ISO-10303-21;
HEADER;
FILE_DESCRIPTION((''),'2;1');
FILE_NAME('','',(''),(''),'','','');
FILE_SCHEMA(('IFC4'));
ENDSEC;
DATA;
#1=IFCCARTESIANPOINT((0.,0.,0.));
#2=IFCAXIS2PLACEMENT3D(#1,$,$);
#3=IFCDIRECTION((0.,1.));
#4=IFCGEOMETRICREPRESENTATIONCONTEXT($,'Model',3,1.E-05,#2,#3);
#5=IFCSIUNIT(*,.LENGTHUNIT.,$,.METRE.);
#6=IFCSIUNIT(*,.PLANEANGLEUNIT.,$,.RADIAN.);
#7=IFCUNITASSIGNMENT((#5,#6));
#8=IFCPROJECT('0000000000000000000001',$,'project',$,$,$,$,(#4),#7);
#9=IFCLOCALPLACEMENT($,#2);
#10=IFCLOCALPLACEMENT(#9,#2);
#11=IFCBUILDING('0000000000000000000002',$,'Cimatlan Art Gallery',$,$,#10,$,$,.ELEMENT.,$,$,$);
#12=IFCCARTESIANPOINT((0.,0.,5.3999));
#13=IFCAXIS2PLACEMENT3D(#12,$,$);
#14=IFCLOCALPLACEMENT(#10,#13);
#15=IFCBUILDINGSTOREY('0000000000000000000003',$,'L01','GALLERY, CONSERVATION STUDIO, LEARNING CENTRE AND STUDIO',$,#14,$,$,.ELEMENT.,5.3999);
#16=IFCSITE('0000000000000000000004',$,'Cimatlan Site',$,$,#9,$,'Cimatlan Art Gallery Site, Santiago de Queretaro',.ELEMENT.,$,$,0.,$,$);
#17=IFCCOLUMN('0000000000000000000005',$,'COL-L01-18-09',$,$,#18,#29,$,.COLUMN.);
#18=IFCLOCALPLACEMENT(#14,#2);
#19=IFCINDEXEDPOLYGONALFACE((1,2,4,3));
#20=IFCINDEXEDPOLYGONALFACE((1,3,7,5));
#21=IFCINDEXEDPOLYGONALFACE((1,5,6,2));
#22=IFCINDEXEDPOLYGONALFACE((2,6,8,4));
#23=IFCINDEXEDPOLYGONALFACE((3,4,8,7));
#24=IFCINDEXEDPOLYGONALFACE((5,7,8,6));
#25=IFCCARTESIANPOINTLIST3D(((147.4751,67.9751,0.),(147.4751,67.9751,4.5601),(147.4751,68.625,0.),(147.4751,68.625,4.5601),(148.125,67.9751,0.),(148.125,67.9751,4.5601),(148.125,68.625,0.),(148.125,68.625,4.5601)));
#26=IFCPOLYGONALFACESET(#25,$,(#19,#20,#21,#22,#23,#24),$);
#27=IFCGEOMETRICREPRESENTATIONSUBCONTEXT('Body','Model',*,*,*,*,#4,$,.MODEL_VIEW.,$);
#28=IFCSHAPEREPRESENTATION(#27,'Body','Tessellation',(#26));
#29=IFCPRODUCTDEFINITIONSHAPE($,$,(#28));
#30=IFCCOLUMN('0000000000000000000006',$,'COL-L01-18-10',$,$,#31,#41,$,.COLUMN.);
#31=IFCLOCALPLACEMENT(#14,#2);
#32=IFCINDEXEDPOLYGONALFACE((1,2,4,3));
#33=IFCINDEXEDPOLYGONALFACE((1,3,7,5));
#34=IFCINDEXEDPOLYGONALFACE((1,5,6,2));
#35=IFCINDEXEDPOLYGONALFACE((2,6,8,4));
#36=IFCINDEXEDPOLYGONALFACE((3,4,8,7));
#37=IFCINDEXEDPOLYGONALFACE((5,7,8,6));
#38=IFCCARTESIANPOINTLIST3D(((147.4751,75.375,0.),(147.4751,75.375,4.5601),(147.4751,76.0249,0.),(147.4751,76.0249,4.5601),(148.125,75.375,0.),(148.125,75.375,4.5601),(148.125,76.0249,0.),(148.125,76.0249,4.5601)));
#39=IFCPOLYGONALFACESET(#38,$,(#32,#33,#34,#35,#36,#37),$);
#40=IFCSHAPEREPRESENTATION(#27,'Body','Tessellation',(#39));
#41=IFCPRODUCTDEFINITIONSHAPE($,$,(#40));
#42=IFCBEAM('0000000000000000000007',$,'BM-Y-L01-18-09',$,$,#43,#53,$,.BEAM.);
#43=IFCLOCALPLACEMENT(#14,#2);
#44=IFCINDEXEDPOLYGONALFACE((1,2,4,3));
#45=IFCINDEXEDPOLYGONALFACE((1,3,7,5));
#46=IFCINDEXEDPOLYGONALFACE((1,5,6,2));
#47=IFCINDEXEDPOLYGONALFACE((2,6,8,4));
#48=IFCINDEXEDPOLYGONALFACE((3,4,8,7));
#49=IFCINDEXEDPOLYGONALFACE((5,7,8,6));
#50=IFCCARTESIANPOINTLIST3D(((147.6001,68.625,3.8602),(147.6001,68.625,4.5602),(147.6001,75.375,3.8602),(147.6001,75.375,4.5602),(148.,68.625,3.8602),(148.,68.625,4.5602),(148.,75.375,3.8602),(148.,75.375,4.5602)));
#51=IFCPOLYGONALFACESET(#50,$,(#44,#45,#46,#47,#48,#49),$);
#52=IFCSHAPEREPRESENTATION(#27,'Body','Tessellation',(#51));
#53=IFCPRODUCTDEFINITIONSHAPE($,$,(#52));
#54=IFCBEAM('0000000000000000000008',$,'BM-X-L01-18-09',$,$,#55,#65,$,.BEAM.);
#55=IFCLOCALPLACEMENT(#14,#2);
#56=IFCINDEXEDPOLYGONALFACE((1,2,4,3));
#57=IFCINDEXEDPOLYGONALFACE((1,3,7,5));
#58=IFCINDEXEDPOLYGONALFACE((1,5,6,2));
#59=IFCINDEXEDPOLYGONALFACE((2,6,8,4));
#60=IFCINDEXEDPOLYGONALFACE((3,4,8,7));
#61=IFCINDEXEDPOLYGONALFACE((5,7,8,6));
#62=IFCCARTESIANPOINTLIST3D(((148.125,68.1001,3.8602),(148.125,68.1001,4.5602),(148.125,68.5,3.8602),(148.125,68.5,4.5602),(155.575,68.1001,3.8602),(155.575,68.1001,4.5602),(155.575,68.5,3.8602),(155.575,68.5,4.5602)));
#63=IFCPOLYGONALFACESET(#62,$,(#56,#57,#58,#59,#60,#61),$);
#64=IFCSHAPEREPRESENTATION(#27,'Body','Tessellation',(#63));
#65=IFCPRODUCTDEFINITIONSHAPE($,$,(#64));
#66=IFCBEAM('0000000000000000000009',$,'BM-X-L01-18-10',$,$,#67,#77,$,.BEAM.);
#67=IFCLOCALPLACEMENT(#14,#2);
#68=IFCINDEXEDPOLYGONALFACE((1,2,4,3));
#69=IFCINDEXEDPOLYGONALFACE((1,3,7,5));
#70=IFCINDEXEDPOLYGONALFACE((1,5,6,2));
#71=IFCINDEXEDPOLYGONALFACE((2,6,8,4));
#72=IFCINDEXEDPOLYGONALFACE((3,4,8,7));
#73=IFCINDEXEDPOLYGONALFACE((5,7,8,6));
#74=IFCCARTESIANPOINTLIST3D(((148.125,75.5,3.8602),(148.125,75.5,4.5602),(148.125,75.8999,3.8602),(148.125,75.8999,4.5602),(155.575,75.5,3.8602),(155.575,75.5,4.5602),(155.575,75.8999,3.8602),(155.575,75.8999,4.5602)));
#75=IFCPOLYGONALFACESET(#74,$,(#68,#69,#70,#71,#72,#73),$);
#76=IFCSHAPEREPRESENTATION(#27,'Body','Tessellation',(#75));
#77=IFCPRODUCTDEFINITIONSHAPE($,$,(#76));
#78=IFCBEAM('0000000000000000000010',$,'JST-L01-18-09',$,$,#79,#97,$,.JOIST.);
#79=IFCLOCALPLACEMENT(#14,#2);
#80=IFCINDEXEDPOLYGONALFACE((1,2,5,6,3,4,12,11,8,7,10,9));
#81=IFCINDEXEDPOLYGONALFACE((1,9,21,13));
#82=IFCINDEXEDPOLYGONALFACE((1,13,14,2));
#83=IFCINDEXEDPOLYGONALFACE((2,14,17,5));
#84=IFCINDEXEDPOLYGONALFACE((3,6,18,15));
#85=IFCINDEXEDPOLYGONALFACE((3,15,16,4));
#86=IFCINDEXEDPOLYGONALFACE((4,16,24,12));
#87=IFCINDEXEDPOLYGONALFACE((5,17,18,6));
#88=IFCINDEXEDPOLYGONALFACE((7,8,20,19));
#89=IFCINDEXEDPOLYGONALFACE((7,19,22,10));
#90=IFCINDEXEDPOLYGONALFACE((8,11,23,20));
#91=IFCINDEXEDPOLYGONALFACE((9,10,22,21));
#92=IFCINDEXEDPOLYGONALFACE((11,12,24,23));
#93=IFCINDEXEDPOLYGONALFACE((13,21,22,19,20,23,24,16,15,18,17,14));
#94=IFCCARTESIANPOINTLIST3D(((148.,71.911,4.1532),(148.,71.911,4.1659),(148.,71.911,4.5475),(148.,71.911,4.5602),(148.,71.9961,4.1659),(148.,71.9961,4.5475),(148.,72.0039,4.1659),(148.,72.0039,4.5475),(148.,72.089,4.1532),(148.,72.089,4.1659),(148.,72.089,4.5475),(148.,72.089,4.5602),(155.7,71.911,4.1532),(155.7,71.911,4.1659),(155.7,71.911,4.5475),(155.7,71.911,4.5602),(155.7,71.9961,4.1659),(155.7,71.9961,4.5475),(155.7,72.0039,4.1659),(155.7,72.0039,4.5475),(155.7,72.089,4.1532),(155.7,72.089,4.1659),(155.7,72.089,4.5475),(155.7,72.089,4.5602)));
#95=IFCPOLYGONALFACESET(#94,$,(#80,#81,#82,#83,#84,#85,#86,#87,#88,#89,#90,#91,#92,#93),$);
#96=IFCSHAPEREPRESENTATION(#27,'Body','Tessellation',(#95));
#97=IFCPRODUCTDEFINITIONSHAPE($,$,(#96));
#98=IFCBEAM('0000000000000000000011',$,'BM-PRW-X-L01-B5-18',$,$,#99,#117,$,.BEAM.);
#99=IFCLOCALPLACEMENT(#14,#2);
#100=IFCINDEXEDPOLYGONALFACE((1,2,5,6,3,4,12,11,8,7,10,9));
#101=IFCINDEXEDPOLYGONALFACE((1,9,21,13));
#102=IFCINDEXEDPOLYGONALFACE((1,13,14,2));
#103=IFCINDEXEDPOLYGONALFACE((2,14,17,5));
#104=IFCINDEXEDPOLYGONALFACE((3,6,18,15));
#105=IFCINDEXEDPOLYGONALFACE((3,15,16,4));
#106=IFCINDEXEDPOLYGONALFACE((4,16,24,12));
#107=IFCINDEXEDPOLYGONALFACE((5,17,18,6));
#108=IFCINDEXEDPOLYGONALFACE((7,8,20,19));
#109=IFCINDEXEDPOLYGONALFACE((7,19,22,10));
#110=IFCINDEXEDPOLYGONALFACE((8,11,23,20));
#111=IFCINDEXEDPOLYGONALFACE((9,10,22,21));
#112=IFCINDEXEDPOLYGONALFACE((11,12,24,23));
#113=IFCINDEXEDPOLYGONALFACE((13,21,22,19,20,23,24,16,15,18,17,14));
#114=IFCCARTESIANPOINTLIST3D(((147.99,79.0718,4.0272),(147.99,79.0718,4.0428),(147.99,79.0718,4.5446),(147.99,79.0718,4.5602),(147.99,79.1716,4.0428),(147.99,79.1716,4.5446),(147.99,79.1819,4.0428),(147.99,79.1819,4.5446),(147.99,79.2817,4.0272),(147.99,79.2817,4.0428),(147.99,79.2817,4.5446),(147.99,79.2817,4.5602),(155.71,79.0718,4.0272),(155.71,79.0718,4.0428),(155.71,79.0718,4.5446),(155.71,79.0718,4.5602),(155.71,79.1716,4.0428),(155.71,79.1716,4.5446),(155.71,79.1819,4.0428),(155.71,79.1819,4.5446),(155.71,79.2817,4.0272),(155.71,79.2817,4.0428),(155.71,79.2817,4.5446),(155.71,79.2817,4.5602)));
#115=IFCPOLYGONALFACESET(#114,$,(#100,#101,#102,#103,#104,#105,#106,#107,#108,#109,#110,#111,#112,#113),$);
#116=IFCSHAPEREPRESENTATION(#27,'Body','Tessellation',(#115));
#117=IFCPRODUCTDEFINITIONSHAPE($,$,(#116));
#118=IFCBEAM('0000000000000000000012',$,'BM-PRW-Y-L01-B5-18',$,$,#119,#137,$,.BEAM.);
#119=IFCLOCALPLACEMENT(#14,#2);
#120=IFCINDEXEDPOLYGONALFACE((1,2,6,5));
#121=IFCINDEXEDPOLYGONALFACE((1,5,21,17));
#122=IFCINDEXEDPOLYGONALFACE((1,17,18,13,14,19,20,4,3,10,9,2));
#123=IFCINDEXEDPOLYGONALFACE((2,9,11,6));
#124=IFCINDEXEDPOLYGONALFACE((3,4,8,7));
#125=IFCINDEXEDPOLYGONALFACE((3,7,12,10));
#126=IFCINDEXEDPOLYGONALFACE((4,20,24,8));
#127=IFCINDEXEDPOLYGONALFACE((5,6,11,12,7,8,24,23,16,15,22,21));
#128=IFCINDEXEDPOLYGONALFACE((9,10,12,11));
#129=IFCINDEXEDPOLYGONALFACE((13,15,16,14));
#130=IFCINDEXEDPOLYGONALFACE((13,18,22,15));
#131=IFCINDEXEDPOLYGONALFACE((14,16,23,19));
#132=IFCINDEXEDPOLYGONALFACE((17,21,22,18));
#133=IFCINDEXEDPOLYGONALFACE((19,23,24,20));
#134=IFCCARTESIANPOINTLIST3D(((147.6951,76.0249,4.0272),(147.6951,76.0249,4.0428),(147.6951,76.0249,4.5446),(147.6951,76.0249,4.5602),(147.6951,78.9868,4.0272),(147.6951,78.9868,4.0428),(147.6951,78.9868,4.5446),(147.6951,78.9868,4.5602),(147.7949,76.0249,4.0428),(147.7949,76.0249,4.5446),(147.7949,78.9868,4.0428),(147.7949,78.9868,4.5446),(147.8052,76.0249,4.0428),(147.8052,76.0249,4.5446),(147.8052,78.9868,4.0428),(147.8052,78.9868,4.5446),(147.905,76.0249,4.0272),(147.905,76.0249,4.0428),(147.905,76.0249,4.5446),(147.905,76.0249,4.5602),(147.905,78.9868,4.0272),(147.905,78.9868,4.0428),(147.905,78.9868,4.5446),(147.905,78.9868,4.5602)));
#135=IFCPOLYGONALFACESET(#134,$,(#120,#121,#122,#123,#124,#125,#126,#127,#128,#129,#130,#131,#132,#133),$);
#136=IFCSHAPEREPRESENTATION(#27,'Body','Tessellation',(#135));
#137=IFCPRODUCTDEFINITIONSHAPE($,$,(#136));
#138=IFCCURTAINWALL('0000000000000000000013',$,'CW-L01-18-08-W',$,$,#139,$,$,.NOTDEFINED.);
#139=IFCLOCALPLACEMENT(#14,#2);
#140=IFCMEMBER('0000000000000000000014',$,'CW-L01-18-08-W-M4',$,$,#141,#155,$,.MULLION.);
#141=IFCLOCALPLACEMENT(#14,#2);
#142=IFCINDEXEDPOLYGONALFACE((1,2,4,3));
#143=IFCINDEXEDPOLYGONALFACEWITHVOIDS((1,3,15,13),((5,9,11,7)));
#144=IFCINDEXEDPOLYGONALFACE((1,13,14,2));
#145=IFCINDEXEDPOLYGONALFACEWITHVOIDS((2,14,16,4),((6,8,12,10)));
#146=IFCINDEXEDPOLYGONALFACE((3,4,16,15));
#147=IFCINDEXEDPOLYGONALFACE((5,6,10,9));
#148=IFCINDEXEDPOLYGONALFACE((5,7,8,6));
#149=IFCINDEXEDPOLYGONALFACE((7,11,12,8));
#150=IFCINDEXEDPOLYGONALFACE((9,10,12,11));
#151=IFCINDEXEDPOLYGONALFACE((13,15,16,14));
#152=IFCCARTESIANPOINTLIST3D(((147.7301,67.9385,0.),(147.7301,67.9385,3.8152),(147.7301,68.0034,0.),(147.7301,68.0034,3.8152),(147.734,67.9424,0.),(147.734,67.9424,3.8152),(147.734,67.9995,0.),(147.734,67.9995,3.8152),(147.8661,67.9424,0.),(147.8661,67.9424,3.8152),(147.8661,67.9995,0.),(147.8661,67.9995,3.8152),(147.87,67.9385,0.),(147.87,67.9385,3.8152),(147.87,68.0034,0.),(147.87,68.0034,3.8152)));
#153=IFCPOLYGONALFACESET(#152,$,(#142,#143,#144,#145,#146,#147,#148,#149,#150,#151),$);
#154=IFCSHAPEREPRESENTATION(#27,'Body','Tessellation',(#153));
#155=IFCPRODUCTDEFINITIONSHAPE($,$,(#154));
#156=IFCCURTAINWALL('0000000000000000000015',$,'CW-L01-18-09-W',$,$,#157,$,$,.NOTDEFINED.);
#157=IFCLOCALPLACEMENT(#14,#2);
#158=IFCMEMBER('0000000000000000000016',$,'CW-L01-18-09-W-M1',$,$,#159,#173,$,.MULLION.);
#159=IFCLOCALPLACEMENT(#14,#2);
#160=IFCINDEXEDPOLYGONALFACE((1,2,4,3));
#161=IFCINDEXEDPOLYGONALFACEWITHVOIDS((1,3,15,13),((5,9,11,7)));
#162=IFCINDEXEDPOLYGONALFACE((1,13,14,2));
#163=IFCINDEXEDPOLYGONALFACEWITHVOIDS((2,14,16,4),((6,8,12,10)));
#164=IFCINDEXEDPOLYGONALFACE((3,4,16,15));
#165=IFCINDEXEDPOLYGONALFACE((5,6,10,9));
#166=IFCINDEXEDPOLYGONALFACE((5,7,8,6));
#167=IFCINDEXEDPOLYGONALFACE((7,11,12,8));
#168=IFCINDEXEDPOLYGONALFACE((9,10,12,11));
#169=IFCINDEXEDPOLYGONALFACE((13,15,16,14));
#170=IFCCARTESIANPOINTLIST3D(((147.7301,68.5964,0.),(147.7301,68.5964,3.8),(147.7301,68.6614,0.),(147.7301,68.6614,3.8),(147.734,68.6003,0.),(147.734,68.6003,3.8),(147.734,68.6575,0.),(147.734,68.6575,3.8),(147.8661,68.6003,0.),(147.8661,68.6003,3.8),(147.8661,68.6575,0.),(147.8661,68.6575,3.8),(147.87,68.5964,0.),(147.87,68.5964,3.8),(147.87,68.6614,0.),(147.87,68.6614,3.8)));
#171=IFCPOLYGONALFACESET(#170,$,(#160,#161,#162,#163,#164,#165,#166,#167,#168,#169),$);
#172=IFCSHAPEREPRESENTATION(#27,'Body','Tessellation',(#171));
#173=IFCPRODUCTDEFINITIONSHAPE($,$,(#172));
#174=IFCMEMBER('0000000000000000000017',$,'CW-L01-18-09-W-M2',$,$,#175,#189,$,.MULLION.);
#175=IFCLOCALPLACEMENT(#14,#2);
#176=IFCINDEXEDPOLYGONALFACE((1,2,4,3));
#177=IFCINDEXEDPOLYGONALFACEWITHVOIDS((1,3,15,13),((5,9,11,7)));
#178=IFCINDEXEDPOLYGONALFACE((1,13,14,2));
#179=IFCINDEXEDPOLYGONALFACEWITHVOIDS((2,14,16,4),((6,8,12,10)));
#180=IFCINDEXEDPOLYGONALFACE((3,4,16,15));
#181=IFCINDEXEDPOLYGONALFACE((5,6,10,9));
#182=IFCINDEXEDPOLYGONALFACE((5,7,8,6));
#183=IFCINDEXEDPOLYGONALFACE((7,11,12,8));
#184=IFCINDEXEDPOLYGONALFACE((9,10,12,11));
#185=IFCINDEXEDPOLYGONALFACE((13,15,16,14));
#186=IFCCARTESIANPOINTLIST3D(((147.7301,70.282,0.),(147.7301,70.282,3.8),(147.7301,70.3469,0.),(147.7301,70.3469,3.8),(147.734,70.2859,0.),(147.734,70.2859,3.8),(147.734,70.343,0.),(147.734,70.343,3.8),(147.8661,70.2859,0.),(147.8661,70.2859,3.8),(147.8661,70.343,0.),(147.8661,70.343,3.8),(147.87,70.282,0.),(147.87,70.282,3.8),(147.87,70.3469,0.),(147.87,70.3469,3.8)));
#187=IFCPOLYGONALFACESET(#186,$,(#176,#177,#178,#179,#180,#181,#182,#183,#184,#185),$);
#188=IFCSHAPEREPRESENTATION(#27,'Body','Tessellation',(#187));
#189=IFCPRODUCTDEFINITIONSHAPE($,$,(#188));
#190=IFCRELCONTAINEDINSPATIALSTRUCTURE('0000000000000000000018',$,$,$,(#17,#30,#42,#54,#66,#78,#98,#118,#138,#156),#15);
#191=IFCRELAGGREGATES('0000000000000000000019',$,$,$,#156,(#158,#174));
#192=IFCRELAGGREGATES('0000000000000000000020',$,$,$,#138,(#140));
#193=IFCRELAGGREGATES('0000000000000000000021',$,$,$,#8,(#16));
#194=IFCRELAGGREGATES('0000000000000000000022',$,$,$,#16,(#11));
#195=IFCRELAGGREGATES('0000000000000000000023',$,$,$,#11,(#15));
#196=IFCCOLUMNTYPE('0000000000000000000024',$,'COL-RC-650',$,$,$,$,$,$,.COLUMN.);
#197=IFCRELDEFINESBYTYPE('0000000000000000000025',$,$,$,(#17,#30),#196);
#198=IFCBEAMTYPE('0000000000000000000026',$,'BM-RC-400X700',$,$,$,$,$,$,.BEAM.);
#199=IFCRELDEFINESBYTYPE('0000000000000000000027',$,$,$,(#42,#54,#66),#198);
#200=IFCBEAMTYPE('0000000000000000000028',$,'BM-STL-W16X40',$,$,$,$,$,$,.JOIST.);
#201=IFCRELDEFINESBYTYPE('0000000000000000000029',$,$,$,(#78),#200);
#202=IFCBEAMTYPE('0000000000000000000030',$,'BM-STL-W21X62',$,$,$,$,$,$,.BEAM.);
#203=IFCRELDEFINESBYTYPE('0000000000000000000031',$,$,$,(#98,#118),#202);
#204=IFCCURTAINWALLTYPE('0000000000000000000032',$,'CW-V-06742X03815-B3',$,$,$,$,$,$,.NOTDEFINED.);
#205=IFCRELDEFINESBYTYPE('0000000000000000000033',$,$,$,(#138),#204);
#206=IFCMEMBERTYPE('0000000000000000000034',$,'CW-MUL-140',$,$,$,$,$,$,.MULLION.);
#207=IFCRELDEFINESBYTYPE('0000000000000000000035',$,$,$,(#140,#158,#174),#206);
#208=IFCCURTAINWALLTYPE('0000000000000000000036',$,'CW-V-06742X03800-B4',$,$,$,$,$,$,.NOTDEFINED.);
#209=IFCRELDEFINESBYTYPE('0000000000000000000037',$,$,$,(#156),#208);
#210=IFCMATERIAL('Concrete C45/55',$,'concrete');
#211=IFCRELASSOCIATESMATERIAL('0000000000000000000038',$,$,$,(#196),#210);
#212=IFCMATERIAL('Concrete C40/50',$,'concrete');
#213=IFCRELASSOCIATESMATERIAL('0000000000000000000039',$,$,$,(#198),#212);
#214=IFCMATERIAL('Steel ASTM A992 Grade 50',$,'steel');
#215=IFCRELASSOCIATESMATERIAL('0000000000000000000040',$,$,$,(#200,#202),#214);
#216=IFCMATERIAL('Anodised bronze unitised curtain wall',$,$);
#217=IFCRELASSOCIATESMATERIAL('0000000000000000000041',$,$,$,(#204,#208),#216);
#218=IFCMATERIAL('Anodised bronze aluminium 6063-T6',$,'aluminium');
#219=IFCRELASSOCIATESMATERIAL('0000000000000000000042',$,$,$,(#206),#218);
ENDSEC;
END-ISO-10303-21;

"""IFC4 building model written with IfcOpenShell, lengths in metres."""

from ifc_helpers import new_model, si_unit, direction, frame, origin, origin_2d, place, context, subcontext, project, spatial, rectangle, hollow_rectangle, i_section, extrude, material, material_profile, profile_set, type_object, element, aggregate, save


model = new_model("IFC4")

# Units and contexts
model_context = context("Model", 3, precision=1e-05, world=origin(), true_north=direction((0.0, 1.0)))
body_context = subcontext(model_context, "Body", "Model", "MODEL_VIEW")
ifc_project = project(units=[si_unit("LENGTHUNIT", "METRE"), si_unit("PLANEANGLEUNIT", "RADIAN")], contexts=[model_context])

# Site, building, storey
site_placement = place(None, origin())
site = spatial("IfcSite", under=ifc_project, at=site_placement, Name="Cimatlan Site", LongName="Cimatlan Art Gallery Site, Santiago de Queretaro", CompositionType="ELEMENT", RefElevation=0.0)
building_placement = place(site_placement, origin())
building = spatial("IfcBuilding", under=site, at=building_placement, Name="Cimatlan Art Gallery", CompositionType="ELEMENT")
storey_placement = place(building_placement, frame((0.0, 0.0, 5.3999)))
storey = spatial("IfcBuildingStorey", under=building, at=storey_placement, Name="L01", Description="GALLERY, CONSERVATION STUDIO, LEARNING CENTRE AND STUDIO", CompositionType="ELEMENT", Elevation=5.3999)

# Columns
ifc_material_1 = material(Name="Concrete C45/55", Category="concrete")
ifc_material_profile_1 = material_profile(ifc_material_1, rectangle(XDim=0.6499, YDim=0.6499, at=origin_2d()), Name="RC650X650")
ifc_profile_set_1 = profile_set([ifc_material_profile_1], Name="Concrete C45/55")
column_type = type_object("IfcColumnType", Name="COL-RC-650", PredefinedType="COLUMN", material=ifc_profile_set_1)
for number, where, z_axis, x_axis, name in (
    (1, (147.8, 68.3, 0.0), (0.0, 0.0, 1.0), (1.0, 0.0, 0.0), "COL-L01-18-09"),
    (2, (147.8, 75.7, 0.0), (0.0, 0.0, 1.0), (1.0, 0.0, 0.0), "COL-L01-18-10"),
):
    element("IfcColumn", number, at=place(storey_placement, frame(where, z_axis=z_axis, x_axis=x_axis)), inside=storey, type_object=column_type, Name=name, PredefinedType="COLUMN", context=body_context, shape_type="SweptSolid", body=[
        extrude(rectangle(XDim=0.6499, YDim=0.6499, at=origin_2d()), origin(), (0.0, 0.0, 1.0), 4.5601),
    ])

# Beams
ifc_material_2 = material(Name="Concrete C40/50", Category="concrete")
ifc_material_profile_2 = material_profile(ifc_material_2, rectangle(XDim=0.3999, YDim=0.7, at=origin_2d()), Name="RC400X700")
ifc_profile_set_2 = profile_set([ifc_material_profile_2], Name="Concrete C40/50")
beam_type_1 = type_object("IfcBeamType", Name="BM-RC-400X700", PredefinedType="BEAM", material=ifc_profile_set_2)
beam_1_placement = place(storey_placement, frame((147.8, 68.625, 4.2102), z_axis=(0.0, 1.0, 0.0), x_axis=(-1.0, 0.0, 0.0)))
element("IfcBeam", 3, at=beam_1_placement, inside=storey, type_object=beam_type_1, Name="BM-Y-L01-18-09", PredefinedType="BEAM", context=body_context, shape_type="SweptSolid", body=[
    extrude(rectangle(XDim=0.3999, YDim=0.7, at=origin_2d()), origin(), (0.0, 0.0, 1.0), 6.75),
])
for number, where, z_axis, x_axis, name in (
    (4, (148.125, 68.3, 4.2102), (1.0, 0.0, 0.0), (0.0, 1.0, 0.0), "BM-X-L01-18-09"),
    (5, (148.125, 75.7, 4.2102), (1.0, 0.0, 0.0), (0.0, 1.0, 0.0), "BM-X-L01-18-10"),
):
    element("IfcBeam", number, at=place(storey_placement, frame(where, z_axis=z_axis, x_axis=x_axis)), inside=storey, type_object=beam_type_1, Name=name, PredefinedType="BEAM", context=body_context, shape_type="SweptSolid", body=[
        extrude(rectangle(XDim=0.3999, YDim=0.7, at=origin_2d()), origin(), (0.0, 0.0, 1.0), 7.45),
    ])
ifc_material_3 = material(Name="Steel ASTM A992 Grade 50", Category="steel")
ifc_material_profile_3 = material_profile(ifc_material_3, i_section(OverallWidth=0.178, OverallDepth=0.407, WebThickness=0.0078, FlangeThickness=0.0127, at=origin_2d()), Name="W16X40")
ifc_profile_set_3 = profile_set([ifc_material_profile_3], Name="Steel ASTM A992 Grade 50")
beam_type_2 = type_object("IfcBeamType", Name="BM-STL-W16X40", PredefinedType="JOIST", material=ifc_profile_set_3)
beam_2_placement = place(storey_placement, frame((148.0, 72.0, 4.3567), z_axis=(1.0, 0.0, 0.0), x_axis=(0.0, 1.0, 0.0)))
element("IfcBeam", 6, at=beam_2_placement, inside=storey, type_object=beam_type_2, Name="JST-L01-18-09", PredefinedType="JOIST", context=body_context, shape_type="SweptSolid", body=[
    extrude(i_section(OverallWidth=0.178, OverallDepth=0.407, WebThickness=0.0078, FlangeThickness=0.0127, at=origin_2d()), origin(), (0.0, 0.0, 1.0), 7.7),
])
ifc_material_profile_4 = material_profile(ifc_material_3, i_section(OverallWidth=0.21, OverallDepth=0.533, WebThickness=0.0103, FlangeThickness=0.0156, at=origin_2d()), Name="W21X62")
ifc_profile_set_4 = profile_set([ifc_material_profile_4], Name="Steel ASTM A992 Grade 50")
beam_type_3 = type_object("IfcBeamType", Name="BM-STL-W21X62", PredefinedType="BEAM", material=ifc_profile_set_4)
beam_3_placement = place(storey_placement, frame((147.99, 79.1768, 4.2937), z_axis=(1.0, 0.0, 0.0), x_axis=(0.0, 1.0, 0.0)))
element("IfcBeam", 7, at=beam_3_placement, inside=storey, type_object=beam_type_3, Name="BM-PRW-X-L01-B5-18", PredefinedType="BEAM", context=body_context, shape_type="SweptSolid", body=[
    extrude(i_section(OverallWidth=0.21, OverallDepth=0.533, WebThickness=0.0103, FlangeThickness=0.0156, at=origin_2d()), origin(), (0.0, 0.0, 1.0), 7.72),
])
beam_4_placement = place(storey_placement, frame((147.8, 76.0249, 4.2937), z_axis=(0.0, 1.0, 0.0), x_axis=(-1.0, 0.0, 0.0)))
element("IfcBeam", 8, at=beam_4_placement, inside=storey, type_object=beam_type_3, Name="BM-PRW-Y-L01-B5-18", PredefinedType="BEAM", context=body_context, shape_type="SweptSolid", body=[
    extrude(i_section(OverallWidth=0.21, OverallDepth=0.533, WebThickness=0.0103, FlangeThickness=0.0156, at=origin_2d()), origin(), (0.0, 0.0, 1.0), 2.9619),
])

# Curtain wall, member
ifc_material_4 = material(Name="Anodised bronze unitised curtain wall")
curtain_wall_type_1 = type_object("IfcCurtainWallType", Name="CW-V-06742X03815-B3", PredefinedType="NOTDEFINED", material=ifc_material_4)
curtain_wall_1_placement = place(storey_placement, origin())
curtain_wall_1 = element("IfcCurtainWall", 9, at=curtain_wall_1_placement, inside=storey, type_object=curtain_wall_type_1, Name="CW-L01-18-08-W", PredefinedType="NOTDEFINED")
ifc_material_5 = material(Name="Anodised bronze aluminium 6063-T6", Category="aluminium")
ifc_material_profile_5 = material_profile(ifc_material_5, hollow_rectangle(XDim=0.0649, YDim=0.1399, WallThickness=0.0039, at=origin_2d()), Name="ALU65X140X4")
ifc_profile_set_5 = profile_set([ifc_material_profile_5], Name="Anodised bronze aluminium 6063-T6")
member_type_1 = type_object("IfcMemberType", Name="CW-MUL-140", PredefinedType="MULLION", material=ifc_profile_set_5)
member_1_placement = place(storey_placement, frame((147.8, 67.9709, 0.0), z_axis=(0.0, 0.0, 1.0), x_axis=(0.0, 1.0, 0.0)))
member_1 = element("IfcMember", 10, at=member_1_placement, type_object=member_type_1, Name="CW-L01-18-08-W-M4", PredefinedType="MULLION", context=body_context, shape_type="SweptSolid", body=[
    extrude(hollow_rectangle(XDim=0.0649, YDim=0.1399, WallThickness=0.0039, at=origin_2d()), origin(), (0.0, 0.0, 1.0), 3.8152),
])

# Curtain wall, members
curtain_wall_type_2 = type_object("IfcCurtainWallType", Name="CW-V-06742X03800-B4", PredefinedType="NOTDEFINED", material=ifc_material_4)
curtain_wall_2_placement = place(storey_placement, origin())
curtain_wall_2 = element("IfcCurtainWall", 11, at=curtain_wall_2_placement, inside=storey, type_object=curtain_wall_type_2, Name="CW-L01-18-09-W", PredefinedType="NOTDEFINED")
member_2_placement = place(storey_placement, frame((147.8, 68.6289, 0.0), z_axis=(0.0, 0.0, 1.0), x_axis=(0.0, 1.0, 0.0)))
member_2 = element("IfcMember", 12, at=member_2_placement, type_object=member_type_1, Name="CW-L01-18-09-W-M1", PredefinedType="MULLION", context=body_context, shape_type="SweptSolid", body=[
    extrude(hollow_rectangle(XDim=0.0649, YDim=0.1399, WallThickness=0.0039, at=origin_2d()), origin(), (0.0, 0.0, 1.0), 3.8),
])
member_3_placement = place(storey_placement, frame((147.8, 70.3145, 0.0), z_axis=(0.0, 0.0, 1.0), x_axis=(0.0, 1.0, 0.0)))
member_3 = element("IfcMember", 13, at=member_3_placement, type_object=member_type_1, Name="CW-L01-18-09-W-M2", PredefinedType="MULLION", context=body_context, shape_type="SweptSolid", body=[
    extrude(hollow_rectangle(XDim=0.0649, YDim=0.1399, WallThickness=0.0039, at=origin_2d()), origin(), (0.0, 0.0, 1.0), 3.8),
])

aggregate(curtain_wall_2, [member_2, member_3])
aggregate(curtain_wall_1, [member_1])

save(model, "model.ifc")
